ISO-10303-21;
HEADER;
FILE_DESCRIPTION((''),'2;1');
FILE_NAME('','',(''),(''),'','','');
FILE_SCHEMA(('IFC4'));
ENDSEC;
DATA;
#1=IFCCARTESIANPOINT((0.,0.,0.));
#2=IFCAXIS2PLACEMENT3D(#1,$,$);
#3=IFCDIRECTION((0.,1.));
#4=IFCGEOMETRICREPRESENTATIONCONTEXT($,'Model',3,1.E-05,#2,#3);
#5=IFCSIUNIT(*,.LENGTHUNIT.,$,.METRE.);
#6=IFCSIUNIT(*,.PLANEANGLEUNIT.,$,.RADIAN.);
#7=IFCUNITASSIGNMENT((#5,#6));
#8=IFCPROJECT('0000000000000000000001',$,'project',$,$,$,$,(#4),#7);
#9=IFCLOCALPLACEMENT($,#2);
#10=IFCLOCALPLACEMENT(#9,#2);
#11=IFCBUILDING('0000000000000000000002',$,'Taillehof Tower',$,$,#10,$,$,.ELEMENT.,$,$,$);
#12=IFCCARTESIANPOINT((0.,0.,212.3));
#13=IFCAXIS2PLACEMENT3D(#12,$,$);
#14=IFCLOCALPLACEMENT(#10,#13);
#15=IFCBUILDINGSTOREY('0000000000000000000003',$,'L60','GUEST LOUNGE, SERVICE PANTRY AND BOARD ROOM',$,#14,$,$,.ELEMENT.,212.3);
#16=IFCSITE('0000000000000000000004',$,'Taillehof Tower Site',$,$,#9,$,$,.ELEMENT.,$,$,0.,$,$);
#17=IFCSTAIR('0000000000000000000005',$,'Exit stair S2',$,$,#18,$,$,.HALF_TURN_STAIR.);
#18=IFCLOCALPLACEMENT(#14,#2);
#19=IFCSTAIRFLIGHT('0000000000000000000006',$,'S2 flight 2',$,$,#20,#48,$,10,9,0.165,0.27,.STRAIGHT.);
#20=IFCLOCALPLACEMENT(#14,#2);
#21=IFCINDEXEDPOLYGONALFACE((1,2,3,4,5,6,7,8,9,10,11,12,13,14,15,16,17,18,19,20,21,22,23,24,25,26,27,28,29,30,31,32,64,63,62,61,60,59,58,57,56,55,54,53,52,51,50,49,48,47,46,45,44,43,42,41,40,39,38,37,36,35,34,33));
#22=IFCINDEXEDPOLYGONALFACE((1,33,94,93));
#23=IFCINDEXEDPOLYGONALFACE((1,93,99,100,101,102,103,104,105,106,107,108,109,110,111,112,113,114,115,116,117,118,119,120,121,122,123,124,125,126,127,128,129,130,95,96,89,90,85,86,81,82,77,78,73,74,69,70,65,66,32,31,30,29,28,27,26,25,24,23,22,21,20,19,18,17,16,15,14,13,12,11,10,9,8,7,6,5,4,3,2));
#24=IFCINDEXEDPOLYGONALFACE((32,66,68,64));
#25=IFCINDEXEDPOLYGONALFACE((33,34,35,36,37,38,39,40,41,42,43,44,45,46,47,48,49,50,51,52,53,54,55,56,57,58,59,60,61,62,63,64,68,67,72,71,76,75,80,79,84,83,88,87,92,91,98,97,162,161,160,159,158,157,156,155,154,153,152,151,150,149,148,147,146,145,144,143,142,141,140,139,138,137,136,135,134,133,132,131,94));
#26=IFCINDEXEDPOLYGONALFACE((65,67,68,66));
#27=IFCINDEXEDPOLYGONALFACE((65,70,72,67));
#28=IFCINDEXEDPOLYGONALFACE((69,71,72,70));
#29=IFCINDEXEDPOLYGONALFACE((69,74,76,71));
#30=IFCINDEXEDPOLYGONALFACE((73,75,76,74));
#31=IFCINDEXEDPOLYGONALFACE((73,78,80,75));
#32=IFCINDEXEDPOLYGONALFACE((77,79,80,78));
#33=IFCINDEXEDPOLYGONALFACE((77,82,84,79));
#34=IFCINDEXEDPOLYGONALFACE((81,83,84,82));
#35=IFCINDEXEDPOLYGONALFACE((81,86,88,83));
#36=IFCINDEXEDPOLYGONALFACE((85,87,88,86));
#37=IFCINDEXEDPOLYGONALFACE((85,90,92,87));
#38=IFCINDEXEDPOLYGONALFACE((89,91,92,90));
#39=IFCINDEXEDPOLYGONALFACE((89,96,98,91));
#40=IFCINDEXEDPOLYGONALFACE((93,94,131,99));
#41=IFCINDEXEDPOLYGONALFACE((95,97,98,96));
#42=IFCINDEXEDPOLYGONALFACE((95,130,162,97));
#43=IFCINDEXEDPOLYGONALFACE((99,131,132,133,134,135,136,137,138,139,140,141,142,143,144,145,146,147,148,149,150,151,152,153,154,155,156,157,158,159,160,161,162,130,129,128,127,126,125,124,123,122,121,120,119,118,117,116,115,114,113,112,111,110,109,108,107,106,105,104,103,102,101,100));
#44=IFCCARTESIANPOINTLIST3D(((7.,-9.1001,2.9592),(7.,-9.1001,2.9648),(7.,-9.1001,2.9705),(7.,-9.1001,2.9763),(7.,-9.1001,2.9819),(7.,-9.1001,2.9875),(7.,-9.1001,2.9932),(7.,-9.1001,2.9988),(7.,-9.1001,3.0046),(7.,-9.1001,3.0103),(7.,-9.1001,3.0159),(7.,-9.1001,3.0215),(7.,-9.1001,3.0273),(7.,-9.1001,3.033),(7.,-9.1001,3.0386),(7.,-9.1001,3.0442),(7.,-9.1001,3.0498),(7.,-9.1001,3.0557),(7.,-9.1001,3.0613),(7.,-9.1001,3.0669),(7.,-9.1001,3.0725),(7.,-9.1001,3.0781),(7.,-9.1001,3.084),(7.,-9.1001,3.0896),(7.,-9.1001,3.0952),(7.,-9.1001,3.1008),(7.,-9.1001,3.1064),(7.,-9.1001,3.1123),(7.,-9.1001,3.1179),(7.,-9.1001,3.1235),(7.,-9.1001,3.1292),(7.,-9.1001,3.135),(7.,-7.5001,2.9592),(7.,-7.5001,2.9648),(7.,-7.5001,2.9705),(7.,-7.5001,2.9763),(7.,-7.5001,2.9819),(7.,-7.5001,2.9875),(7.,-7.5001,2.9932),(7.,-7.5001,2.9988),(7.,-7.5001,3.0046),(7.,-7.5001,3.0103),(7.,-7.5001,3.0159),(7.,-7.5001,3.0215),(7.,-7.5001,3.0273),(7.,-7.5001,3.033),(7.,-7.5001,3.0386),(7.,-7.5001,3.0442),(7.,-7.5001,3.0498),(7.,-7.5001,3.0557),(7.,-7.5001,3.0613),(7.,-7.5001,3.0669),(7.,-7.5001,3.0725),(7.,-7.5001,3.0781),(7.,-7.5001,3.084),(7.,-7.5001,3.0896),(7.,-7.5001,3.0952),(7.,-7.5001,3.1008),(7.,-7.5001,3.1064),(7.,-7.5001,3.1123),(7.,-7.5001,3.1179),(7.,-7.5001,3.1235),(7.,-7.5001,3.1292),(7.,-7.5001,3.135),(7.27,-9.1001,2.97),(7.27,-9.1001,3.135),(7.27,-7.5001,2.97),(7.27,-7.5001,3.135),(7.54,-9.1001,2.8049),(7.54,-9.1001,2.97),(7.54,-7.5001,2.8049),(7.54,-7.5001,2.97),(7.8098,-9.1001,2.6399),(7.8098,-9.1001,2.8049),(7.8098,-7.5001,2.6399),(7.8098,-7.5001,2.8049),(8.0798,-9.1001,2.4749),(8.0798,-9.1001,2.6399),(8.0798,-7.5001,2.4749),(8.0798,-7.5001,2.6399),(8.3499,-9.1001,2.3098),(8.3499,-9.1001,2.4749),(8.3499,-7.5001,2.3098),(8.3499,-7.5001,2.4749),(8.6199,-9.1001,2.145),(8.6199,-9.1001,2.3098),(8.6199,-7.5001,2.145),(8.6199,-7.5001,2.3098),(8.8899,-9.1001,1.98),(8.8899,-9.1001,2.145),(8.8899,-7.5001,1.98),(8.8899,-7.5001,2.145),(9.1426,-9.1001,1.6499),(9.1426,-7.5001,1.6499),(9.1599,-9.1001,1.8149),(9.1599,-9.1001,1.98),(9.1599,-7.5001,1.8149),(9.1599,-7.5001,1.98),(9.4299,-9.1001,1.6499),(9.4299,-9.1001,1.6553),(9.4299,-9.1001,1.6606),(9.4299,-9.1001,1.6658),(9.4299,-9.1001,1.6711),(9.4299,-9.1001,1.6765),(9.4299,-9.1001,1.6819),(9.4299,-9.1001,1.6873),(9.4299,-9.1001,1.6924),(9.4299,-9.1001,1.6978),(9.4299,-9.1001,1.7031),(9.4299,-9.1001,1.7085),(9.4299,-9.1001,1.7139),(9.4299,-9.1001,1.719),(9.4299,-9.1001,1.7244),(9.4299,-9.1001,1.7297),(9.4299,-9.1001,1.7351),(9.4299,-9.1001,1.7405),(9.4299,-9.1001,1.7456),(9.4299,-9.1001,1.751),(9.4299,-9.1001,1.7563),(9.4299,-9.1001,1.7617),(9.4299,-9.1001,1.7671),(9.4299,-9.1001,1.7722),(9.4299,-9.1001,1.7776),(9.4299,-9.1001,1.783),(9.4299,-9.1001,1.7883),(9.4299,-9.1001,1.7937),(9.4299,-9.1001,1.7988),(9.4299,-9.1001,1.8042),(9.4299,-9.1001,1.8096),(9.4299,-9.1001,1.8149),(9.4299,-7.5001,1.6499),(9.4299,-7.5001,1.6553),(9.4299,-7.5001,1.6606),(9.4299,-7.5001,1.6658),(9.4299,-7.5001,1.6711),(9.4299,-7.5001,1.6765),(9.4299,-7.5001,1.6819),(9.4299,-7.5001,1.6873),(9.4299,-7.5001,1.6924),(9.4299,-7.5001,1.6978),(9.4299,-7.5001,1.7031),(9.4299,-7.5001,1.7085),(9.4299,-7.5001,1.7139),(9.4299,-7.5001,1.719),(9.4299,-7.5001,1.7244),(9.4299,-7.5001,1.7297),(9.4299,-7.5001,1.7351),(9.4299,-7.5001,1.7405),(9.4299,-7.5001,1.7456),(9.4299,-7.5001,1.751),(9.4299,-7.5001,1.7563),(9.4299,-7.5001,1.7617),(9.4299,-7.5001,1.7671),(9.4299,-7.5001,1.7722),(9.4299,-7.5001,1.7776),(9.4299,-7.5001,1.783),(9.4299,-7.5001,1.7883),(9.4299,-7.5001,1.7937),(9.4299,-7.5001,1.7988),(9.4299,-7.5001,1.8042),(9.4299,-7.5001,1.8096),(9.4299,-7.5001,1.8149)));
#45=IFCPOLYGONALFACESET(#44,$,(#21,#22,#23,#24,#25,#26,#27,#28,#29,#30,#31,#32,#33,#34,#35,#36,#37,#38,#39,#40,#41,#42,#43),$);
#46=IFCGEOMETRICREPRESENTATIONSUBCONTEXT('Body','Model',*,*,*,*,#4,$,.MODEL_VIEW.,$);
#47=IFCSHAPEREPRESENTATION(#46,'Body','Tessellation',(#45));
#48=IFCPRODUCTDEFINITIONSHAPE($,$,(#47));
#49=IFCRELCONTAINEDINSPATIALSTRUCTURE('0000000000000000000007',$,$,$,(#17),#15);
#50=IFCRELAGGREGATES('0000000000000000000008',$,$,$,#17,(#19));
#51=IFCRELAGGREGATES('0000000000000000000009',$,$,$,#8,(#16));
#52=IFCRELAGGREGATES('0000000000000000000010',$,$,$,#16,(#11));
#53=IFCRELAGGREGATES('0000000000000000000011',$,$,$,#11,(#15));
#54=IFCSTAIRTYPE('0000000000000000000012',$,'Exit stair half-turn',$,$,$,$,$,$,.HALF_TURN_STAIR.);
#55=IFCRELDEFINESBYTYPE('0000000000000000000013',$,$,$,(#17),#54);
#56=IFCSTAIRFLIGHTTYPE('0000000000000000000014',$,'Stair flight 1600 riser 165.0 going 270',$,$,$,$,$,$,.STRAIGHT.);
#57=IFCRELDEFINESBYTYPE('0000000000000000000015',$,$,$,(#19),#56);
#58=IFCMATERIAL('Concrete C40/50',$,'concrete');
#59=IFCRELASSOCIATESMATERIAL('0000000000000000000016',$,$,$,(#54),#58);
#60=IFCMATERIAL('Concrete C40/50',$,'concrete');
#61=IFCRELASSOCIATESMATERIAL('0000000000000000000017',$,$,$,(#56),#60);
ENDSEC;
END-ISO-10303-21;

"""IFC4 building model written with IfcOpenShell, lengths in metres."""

from ifc_helpers import new_model, si_unit, direction, frame, origin, place, context, subcontext, project, spatial, polyline, outline, extrude, material, type_object, element, aggregate, save


model = new_model("IFC4")

# Units and contexts
model_context = context("Model", 3, precision=1e-05, world=origin(), true_north=direction((0.0, 1.0)))
body_context = subcontext(model_context, "Body", "Model", "MODEL_VIEW")
ifc_project = project(units=[si_unit("LENGTHUNIT", "METRE"), si_unit("PLANEANGLEUNIT", "RADIAN")], contexts=[model_context])

# Site, building, storey
site_placement = place(None, origin())
site = spatial("IfcSite", under=ifc_project, at=site_placement, Name="Taillehof Tower Site", CompositionType="ELEMENT", RefElevation=0.0)
building_placement = place(site_placement, origin())
building = spatial("IfcBuilding", under=site, at=building_placement, Name="Taillehof Tower", CompositionType="ELEMENT")
storey_placement = place(building_placement, frame((0.0, 0.0, 212.3)))
storey = spatial("IfcBuildingStorey", under=building, at=storey_placement, Name="L60", Description="GUEST LOUNGE, SERVICE PANTRY AND BOARD ROOM", CompositionType="ELEMENT", Elevation=212.3)

# Stair, stair flight
ifc_material_1 = material(Name="Concrete C40/50", Category="concrete")
stair_type = type_object("IfcStairType", Name="Exit stair half-turn", PredefinedType="HALF_TURN_STAIR", material=ifc_material_1)
stair_placement = place(storey_placement, origin())
stair = element("IfcStair", 1, at=stair_placement, inside=storey, type_object=stair_type, Name="Exit stair S2", PredefinedType="HALF_TURN_STAIR")
ifc_material_2 = material(Name="Concrete C40/50", Category="concrete")
stair_flight_type = type_object("IfcStairFlightType", Name="Stair flight 1600 riser 165.0 going 270", PredefinedType="STRAIGHT", material=ifc_material_2)
stair_flight_placement = place(storey_placement, frame((9.4299, -8.3, 1.6499), z_axis=(0.0, 0.0, 1.0), x_axis=(-1.0, 0.0, 0.0)))
stair_flight = element("IfcStairFlight", 2, at=stair_flight_placement, type_object=stair_flight_type, Name="S2 flight 2", NumberOfRisers=10, NumberOfTreads=9, PredefinedType="STRAIGHT", RiserHeight=0.165, TreadLength=0.27, context=body_context, shape_type="SweptSolid", body=[
    extrude(outline(polyline([(0.0, 0.0), (0.0, 0.0054), (0.0, 0.0107), (0.0, 0.0159), (0.0, 0.0212), (0.0, 0.0266), (0.0, 0.032), (0.0, 0.0374), (0.0, 0.0425), (0.0, 0.0479), (0.0, 0.0532), (0.0, 0.0586), (0.0, 0.064), (0.0, 0.0691), (0.0, 0.0745), (0.0, 0.0798), (0.0, 0.0852), (0.0, 0.0906), (0.0, 0.0957), (0.0, 0.1011), (0.0, 0.1064), (0.0, 0.1118), (0.0, 0.1172), (0.0, 0.1223), (0.0, 0.1277), (0.0, 0.1331), (0.0, 0.1384), (0.0, 0.1438), (0.0, 0.1489), (0.0, 0.1543), (0.0, 0.1597), (0.0, 0.165), (0.27, 0.165), (0.27, 0.3301), (0.54, 0.3301), (0.54, 0.4951), (0.8101, 0.4951), (0.8101, 0.6599), (1.0801, 0.6599), (1.0801, 0.825), (1.3501, 0.825), (1.3501, 0.99), (1.6201, 0.99), (1.6201, 1.155), (1.8899, 1.155), (1.8899, 1.3201), (2.1599, 1.3201), (2.1599, 1.4851), (2.4299, 1.4851), (2.4299, 1.4792), (2.4299, 1.4736), (2.4299, 1.468), (2.4299, 1.4624), (2.4299, 1.4565), (2.4299, 1.4509), (2.4299, 1.4453), (2.4299, 1.4397), (2.4299, 1.4341), (2.4299, 1.4282), (2.4299, 1.4226), (2.4299, 1.417), (2.4299, 1.4114), (2.4299, 1.4058), (2.4299, 1.3999), (2.4299, 1.3943), (2.4299, 1.3887), (2.4299, 1.3831), (2.4299, 1.3774), (2.4299, 1.3716), (2.4299, 1.366), (2.4299, 1.3604), (2.4299, 1.3547), (2.4299, 1.3489), (2.4299, 1.3433), (2.4299, 1.3376), (2.4299, 1.332), (2.4299, 1.3264), (2.4299, 1.3206), (2.4299, 1.3149), (2.4299, 1.3093), (0.2874, 0.0), (0.0, 0.0)])), frame((0.0, 0.8, 0.0), z_axis=(0.0, -1.0, 0.0), x_axis=(1.0, 0.0, 0.0)), (0.0, 0.0, 1.0), 1.6),
])
aggregate(stair, [stair_flight])

save(model, "model.ifc")
